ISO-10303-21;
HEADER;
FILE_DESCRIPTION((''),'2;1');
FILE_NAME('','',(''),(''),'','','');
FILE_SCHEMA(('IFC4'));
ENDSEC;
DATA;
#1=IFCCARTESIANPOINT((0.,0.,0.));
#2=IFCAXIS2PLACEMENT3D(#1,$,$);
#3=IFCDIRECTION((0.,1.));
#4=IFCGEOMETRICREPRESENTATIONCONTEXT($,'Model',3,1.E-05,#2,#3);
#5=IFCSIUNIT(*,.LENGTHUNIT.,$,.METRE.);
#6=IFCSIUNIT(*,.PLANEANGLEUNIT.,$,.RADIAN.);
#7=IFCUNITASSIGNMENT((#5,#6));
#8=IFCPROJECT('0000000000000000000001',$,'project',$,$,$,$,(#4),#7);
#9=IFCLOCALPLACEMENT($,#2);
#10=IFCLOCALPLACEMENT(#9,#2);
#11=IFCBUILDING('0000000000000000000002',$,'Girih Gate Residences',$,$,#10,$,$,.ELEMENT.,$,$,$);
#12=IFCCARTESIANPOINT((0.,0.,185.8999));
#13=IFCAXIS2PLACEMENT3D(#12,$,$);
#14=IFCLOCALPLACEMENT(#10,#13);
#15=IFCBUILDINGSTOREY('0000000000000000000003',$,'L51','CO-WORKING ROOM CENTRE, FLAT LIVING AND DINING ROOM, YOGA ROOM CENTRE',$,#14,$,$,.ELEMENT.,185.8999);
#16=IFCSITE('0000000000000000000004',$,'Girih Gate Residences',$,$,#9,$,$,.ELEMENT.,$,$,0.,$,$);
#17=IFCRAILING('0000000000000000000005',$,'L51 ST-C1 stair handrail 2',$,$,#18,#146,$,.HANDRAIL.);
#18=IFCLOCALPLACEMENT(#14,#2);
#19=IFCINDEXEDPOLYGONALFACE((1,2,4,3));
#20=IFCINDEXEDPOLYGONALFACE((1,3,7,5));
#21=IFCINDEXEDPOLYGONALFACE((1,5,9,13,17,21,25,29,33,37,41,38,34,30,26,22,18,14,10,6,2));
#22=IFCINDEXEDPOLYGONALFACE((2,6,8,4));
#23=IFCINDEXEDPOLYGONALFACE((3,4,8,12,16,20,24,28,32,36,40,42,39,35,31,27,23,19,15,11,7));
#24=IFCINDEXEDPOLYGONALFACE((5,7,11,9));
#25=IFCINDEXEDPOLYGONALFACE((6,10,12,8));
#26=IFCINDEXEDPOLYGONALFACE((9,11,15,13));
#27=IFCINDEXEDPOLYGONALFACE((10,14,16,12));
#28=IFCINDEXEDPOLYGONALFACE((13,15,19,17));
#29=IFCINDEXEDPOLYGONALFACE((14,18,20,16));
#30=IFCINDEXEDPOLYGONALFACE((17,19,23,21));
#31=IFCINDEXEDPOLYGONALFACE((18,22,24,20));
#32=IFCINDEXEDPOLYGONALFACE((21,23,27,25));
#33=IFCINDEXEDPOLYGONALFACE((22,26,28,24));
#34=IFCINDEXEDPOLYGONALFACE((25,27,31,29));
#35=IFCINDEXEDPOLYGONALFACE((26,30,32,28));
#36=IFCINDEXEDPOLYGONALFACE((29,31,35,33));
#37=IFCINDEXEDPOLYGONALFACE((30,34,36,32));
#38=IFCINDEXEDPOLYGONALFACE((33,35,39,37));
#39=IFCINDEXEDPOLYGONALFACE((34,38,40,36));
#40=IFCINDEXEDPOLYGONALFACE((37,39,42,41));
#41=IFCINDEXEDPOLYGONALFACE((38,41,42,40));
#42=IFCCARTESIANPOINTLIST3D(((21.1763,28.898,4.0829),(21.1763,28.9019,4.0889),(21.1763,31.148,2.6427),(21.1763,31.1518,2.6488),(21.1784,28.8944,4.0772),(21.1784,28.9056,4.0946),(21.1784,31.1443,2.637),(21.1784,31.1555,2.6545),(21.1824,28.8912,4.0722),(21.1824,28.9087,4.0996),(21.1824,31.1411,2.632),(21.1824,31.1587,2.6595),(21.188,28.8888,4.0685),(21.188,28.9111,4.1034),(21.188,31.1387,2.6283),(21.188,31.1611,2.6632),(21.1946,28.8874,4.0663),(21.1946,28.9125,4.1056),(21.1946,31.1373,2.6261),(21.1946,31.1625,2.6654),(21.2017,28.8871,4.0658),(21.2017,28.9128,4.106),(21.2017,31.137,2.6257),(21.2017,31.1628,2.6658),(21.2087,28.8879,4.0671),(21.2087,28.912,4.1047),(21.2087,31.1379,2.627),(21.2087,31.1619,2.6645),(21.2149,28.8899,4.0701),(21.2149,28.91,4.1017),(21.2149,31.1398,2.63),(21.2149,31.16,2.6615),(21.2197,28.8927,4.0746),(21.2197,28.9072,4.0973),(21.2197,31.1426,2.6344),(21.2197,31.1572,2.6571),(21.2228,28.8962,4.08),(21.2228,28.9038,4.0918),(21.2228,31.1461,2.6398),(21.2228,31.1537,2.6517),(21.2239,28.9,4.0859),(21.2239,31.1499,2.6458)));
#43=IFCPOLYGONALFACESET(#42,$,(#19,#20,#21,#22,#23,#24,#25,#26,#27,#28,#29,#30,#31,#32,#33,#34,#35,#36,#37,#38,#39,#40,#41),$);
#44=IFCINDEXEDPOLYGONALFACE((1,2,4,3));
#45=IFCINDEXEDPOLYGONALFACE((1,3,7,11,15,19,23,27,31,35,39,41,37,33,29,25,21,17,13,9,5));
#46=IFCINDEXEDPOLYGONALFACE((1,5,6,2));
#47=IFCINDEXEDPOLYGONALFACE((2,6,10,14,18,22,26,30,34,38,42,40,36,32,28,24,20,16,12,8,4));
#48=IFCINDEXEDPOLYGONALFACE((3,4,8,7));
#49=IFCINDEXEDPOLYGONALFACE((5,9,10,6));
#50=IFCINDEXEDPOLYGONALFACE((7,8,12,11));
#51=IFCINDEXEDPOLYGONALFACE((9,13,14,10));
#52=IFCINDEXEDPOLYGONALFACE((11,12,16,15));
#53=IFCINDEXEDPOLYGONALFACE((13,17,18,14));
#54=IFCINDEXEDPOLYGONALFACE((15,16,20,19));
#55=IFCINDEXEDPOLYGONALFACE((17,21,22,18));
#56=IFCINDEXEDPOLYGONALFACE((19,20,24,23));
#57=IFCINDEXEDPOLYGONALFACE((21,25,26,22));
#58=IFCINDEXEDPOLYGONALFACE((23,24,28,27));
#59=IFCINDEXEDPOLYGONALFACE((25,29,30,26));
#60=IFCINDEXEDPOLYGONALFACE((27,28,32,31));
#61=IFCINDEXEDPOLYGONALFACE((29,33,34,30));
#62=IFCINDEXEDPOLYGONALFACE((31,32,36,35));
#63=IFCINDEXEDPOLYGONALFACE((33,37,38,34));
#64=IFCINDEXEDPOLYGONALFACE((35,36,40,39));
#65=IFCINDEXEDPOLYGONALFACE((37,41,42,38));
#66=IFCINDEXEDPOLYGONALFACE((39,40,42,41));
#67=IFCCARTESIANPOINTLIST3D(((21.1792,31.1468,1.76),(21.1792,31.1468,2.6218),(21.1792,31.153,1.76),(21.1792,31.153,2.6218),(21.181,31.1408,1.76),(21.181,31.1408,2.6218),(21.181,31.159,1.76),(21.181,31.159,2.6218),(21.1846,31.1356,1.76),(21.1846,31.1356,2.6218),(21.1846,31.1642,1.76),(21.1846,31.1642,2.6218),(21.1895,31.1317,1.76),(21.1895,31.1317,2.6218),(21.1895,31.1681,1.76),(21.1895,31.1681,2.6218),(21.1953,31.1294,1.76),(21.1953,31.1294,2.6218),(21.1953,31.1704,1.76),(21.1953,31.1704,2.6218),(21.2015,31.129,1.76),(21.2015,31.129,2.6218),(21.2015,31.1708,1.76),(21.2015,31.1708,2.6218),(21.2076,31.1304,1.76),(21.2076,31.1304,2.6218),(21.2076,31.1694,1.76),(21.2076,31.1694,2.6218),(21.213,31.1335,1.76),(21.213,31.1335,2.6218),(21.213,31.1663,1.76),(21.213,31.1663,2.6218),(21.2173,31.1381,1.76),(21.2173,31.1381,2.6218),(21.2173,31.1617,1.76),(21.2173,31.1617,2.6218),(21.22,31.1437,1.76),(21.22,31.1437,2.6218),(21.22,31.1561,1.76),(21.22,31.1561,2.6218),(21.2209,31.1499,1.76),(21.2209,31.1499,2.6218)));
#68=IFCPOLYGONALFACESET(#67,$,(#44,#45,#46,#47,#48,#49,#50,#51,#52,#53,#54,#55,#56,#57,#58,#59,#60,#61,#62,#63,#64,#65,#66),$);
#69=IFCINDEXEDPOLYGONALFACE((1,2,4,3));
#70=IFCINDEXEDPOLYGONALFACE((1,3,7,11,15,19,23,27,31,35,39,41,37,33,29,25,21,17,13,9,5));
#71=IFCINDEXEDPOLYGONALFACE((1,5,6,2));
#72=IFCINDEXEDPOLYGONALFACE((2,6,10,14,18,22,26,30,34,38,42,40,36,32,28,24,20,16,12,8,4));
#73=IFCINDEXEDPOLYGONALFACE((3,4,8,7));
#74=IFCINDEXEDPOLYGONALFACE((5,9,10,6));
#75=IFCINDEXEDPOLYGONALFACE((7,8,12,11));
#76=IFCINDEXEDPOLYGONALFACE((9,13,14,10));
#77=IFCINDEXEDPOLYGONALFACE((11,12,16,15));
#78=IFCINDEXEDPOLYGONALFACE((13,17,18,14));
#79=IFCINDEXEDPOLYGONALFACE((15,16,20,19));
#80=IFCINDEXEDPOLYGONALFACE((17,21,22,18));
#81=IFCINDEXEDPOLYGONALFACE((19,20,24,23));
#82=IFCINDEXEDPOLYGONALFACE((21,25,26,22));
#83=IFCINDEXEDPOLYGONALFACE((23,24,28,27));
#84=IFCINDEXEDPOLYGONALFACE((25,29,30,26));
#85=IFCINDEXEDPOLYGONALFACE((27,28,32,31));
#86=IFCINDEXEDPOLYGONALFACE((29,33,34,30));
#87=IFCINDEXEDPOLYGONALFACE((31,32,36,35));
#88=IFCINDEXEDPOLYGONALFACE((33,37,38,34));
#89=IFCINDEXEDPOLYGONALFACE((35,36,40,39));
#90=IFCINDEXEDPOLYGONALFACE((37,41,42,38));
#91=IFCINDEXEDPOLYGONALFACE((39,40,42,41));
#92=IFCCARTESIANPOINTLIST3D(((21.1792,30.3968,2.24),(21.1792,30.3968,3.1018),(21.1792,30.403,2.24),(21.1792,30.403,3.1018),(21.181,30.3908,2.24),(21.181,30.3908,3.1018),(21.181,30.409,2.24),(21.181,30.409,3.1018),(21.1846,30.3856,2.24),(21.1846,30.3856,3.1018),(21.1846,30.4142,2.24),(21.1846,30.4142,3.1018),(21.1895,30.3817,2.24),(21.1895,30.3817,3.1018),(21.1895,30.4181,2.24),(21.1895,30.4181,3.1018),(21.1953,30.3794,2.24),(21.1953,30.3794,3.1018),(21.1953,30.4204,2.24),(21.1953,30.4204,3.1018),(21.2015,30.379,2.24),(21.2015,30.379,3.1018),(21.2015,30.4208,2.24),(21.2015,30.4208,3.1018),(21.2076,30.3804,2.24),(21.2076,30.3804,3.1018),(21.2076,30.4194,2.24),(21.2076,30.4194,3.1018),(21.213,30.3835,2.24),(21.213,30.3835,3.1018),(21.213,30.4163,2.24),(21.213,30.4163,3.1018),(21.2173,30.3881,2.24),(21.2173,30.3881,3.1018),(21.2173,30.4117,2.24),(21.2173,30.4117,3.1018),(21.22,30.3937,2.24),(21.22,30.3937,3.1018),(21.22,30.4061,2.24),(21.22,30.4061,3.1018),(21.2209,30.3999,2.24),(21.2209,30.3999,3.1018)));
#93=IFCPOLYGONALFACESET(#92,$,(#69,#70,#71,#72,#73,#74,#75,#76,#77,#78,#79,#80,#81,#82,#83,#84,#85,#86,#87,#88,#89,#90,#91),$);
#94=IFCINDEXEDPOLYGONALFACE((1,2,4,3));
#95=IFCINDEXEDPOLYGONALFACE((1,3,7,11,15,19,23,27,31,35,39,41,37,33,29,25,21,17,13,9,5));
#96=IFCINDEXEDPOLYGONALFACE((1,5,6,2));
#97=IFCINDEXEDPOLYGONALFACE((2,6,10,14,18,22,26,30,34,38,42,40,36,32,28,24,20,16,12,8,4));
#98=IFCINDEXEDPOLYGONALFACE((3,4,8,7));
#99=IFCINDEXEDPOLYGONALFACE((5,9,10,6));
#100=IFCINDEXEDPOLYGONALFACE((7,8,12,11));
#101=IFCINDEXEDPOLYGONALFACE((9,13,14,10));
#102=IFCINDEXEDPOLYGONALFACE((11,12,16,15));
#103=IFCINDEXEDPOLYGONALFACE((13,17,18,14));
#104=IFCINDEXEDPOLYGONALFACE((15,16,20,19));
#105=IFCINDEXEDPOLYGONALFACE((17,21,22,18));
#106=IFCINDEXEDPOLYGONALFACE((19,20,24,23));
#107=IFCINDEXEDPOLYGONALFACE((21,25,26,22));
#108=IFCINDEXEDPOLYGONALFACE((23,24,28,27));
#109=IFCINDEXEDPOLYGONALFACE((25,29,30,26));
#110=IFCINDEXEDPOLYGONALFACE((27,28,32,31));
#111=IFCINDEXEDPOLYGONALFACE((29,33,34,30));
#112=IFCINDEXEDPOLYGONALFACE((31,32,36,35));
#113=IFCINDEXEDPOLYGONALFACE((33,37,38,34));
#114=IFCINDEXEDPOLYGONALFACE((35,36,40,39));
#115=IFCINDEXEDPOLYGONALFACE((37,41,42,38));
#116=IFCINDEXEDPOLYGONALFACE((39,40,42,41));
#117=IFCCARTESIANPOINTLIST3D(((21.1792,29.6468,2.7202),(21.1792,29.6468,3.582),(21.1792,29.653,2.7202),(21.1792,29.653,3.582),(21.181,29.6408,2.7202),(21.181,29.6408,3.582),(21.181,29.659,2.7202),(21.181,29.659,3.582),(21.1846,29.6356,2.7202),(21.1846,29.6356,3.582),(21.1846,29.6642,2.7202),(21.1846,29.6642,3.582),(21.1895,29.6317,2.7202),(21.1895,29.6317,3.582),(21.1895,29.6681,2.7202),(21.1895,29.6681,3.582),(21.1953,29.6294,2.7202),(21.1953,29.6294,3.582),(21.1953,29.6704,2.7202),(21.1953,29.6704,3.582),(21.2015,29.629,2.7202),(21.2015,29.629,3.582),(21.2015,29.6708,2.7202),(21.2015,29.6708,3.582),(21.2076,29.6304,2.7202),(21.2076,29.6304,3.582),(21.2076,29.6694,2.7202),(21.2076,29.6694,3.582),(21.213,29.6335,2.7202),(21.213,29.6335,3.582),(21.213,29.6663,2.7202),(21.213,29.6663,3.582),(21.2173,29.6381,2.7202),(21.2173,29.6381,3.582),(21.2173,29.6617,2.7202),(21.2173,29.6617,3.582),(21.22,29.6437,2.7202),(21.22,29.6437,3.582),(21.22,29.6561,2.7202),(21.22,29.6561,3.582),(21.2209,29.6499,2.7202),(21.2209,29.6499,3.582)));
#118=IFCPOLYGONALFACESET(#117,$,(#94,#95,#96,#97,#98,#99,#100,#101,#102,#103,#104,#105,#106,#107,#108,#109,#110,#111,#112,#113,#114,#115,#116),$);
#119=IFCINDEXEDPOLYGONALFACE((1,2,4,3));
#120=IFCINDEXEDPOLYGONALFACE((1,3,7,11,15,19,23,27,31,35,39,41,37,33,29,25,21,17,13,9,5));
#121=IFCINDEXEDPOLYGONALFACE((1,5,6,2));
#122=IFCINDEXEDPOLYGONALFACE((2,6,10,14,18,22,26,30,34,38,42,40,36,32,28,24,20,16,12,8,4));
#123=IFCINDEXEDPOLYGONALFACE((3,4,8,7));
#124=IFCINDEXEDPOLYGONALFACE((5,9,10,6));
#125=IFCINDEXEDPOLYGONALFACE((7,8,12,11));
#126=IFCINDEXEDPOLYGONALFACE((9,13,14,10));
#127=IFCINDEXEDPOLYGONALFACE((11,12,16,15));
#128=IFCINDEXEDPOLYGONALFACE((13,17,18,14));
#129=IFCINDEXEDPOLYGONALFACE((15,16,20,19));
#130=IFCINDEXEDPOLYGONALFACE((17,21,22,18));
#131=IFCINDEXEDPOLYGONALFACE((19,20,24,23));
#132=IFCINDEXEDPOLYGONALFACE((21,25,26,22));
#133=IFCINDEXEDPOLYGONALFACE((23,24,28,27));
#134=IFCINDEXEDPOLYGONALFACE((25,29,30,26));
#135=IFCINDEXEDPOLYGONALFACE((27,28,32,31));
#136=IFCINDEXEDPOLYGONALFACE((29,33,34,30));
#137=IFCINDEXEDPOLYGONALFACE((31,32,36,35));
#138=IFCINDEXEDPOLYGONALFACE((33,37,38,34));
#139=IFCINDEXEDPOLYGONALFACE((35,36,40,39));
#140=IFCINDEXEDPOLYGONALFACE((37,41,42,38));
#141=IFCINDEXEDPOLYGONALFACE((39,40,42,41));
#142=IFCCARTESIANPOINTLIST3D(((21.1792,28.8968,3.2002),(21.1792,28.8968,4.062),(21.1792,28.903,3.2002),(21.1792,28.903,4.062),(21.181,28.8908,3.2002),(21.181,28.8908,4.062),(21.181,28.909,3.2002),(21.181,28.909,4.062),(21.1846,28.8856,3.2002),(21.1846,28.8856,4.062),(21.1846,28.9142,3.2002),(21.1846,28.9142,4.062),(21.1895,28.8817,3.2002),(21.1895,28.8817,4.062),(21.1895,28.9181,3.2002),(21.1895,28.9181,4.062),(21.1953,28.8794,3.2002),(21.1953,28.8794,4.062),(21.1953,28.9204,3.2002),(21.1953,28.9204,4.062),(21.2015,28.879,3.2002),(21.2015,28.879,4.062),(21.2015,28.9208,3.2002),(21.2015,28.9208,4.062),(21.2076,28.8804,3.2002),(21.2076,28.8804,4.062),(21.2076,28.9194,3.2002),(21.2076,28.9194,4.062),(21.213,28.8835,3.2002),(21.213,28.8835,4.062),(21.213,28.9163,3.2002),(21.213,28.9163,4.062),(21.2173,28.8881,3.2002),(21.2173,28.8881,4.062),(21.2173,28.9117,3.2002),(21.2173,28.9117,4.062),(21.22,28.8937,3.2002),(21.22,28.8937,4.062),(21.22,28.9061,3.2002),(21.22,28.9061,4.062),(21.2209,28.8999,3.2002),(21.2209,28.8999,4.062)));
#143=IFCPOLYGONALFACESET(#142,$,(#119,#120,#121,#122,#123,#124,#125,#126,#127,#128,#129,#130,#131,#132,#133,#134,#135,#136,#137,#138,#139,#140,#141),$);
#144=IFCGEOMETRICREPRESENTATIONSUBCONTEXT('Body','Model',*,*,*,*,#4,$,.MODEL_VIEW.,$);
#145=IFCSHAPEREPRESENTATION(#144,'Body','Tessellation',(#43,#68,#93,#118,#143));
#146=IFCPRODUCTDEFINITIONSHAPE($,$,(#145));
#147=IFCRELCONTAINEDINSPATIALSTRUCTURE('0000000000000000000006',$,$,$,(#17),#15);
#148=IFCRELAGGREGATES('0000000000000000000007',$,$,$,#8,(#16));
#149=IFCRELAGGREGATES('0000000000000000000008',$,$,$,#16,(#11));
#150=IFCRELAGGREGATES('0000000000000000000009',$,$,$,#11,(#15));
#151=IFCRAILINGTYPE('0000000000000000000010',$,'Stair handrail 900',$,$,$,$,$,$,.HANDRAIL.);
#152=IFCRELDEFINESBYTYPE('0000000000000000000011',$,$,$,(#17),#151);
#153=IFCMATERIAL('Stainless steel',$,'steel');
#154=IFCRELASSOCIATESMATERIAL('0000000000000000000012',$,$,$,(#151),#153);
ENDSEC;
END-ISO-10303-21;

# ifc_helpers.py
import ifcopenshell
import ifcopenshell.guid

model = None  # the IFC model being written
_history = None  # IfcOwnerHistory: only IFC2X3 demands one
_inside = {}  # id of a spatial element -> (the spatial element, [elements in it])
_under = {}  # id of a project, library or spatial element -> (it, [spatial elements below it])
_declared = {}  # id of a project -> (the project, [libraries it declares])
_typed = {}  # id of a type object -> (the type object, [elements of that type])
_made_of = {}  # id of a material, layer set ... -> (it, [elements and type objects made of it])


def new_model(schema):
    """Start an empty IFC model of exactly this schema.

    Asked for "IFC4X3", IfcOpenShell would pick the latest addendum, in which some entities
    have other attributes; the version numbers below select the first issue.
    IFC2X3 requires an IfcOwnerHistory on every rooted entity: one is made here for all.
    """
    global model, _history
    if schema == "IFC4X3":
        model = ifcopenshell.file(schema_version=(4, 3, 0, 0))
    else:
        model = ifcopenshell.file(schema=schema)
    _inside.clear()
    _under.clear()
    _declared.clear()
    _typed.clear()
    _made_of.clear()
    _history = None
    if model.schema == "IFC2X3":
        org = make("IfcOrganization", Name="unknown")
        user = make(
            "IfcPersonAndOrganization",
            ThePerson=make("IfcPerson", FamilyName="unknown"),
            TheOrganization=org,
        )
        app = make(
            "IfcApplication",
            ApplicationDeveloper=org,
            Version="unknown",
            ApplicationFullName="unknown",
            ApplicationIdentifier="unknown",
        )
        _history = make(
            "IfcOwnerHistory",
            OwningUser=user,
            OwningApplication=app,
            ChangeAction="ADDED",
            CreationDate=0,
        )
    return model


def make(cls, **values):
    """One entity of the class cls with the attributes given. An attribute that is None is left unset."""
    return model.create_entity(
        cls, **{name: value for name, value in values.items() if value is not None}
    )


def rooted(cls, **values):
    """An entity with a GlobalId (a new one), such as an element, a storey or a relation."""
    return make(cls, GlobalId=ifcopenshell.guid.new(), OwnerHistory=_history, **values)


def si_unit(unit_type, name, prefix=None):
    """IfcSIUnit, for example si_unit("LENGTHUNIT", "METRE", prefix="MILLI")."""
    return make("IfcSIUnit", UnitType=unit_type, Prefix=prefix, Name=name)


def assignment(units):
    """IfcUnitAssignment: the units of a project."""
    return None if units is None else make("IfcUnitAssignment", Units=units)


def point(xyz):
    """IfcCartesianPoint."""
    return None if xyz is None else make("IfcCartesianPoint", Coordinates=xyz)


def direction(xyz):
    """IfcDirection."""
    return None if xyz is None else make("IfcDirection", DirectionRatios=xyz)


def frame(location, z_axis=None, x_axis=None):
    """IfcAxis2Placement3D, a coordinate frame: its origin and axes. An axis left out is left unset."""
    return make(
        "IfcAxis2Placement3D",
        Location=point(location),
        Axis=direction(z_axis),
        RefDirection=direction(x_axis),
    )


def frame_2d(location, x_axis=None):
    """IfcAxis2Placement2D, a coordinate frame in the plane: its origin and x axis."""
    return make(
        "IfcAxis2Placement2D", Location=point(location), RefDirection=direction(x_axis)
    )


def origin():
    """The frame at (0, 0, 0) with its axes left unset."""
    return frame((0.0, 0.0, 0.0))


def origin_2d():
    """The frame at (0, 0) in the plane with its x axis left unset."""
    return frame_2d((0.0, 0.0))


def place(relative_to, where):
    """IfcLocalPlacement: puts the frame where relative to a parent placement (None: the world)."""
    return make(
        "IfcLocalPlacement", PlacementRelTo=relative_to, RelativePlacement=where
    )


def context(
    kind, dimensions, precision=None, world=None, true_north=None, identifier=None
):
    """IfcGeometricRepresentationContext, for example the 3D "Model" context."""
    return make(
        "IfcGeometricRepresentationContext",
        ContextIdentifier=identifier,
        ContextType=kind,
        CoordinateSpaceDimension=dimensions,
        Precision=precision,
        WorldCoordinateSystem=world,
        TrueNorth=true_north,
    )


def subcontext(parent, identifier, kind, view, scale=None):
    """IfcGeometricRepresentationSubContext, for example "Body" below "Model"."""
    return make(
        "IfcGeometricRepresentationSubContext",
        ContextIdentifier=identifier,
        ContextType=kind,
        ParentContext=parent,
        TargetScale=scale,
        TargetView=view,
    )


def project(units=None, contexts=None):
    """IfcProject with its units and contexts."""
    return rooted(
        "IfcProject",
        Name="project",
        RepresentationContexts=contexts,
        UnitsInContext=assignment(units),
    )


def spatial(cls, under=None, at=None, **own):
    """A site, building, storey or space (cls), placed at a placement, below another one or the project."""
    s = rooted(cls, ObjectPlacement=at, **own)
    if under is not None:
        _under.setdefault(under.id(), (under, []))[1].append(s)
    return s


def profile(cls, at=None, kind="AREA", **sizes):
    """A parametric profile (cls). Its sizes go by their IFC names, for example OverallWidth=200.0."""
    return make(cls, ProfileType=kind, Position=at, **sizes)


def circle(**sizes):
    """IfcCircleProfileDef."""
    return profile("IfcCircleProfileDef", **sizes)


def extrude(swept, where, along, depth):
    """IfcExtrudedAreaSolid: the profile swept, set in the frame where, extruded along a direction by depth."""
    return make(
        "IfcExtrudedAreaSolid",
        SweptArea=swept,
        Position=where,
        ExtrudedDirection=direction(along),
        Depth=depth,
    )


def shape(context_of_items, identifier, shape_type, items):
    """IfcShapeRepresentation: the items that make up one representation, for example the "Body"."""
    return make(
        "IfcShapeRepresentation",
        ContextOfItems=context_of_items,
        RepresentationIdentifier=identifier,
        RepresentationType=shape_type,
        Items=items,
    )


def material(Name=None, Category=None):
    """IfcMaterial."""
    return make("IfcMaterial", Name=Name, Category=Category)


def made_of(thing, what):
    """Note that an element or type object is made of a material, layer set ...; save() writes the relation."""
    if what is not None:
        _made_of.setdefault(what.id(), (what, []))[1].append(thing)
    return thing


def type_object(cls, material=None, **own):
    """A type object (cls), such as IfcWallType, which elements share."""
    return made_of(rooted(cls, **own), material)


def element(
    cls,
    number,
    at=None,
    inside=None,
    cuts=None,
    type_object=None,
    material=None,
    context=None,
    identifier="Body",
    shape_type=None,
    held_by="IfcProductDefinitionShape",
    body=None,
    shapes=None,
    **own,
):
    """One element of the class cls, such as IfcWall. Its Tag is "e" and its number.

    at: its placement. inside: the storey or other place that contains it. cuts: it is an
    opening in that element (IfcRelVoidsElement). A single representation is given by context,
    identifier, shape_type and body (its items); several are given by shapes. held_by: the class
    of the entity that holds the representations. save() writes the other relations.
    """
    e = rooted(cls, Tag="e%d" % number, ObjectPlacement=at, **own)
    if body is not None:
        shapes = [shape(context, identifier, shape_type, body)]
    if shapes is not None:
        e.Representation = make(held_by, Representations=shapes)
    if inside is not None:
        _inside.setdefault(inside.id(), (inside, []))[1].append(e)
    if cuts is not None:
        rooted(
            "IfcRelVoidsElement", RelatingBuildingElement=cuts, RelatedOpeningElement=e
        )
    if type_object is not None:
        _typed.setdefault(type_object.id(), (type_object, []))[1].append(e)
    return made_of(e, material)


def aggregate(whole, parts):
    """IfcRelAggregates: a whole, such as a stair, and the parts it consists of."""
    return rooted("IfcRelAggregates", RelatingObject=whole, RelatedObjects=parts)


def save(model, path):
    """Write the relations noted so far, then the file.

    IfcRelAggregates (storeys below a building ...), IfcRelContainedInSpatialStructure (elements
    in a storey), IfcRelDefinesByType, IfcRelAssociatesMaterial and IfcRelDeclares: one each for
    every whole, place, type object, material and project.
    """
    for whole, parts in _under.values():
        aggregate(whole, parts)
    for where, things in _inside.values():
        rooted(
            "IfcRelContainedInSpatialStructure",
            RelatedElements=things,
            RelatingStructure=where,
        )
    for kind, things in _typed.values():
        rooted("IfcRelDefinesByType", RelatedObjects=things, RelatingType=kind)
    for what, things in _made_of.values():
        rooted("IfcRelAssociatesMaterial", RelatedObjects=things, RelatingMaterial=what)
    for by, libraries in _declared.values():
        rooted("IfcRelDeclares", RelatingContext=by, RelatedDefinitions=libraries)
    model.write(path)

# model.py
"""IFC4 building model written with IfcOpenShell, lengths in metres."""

from ifc_helpers import new_model, si_unit, direction, frame, origin, origin_2d, place, context, subcontext, project, spatial, circle, extrude, material, type_object, element, save


model = new_model("IFC4")

# Units and contexts
model_context = context("Model", 3, precision=1e-05, world=origin(), true_north=direction((0.0, 1.0)))
body_context = subcontext(model_context, "Body", "Model", "MODEL_VIEW")
ifc_project = project(units=[si_unit("LENGTHUNIT", "METRE"), si_unit("PLANEANGLEUNIT", "RADIAN")], contexts=[model_context])

# Site, building, storey
site_placement = place(None, origin())
site = spatial("IfcSite", under=ifc_project, at=site_placement, Name="Girih Gate Residences", CompositionType="ELEMENT", RefElevation=0.0)
building_placement = place(site_placement, origin())
building = spatial("IfcBuilding", under=site, at=building_placement, Name="Girih Gate Residences", CompositionType="ELEMENT")
storey_placement = place(building_placement, frame((0.0, 0.0, 185.8999)))
storey = spatial("IfcBuildingStorey", under=building, at=storey_placement, Name="L51", Description="CO-WORKING ROOM CENTRE, FLAT LIVING AND DINING ROOM, YOGA ROOM CENTRE", CompositionType="ELEMENT", Elevation=185.8999)

# Railing
ifc_material_1 = material(Name="Stainless steel", Category="steel")
railing_type_1 = type_object("IfcRailingType", Name="Stair handrail 900", PredefinedType="HANDRAIL", material=ifc_material_1)
railing_1_placement = place(storey_placement, frame((21.2, 31.1499, 1.76)))
element("IfcRailing", 1, at=railing_1_placement, inside=storey, type_object=railing_type_1, Name="L51 ST-C1 stair handrail 2", PredefinedType="HANDRAIL", context=body_context, shape_type="SweptSolid", body=[
    extrude(circle(Radius=0.0239, at=origin_2d()), frame((0.0, 0.0, 0.8857), z_axis=(0.0, -0.84224, 0.539103), x_axis=(1.0, 0.0, 0.0)), (0.0, 0.0, 1.0), 2.6714),
    extrude(circle(Radius=0.021, at=origin_2d()), origin(), (0.0, 0.0, 1.0), 0.8618),
    extrude(circle(Radius=0.021, at=origin_2d()), frame((0.0, -0.75, 0.48)), (0.0, 0.0, 1.0), 0.8618),
    extrude(circle(Radius=0.021, at=origin_2d()), frame((0.0, -1.5, 0.9602)), (0.0, 0.0, 1.0), 0.8618),
    extrude(circle(Radius=0.021, at=origin_2d()), frame((0.0, -2.25, 1.4402)), (0.0, 0.0, 1.0), 0.8618),
])

save(model, "model.ifc")
